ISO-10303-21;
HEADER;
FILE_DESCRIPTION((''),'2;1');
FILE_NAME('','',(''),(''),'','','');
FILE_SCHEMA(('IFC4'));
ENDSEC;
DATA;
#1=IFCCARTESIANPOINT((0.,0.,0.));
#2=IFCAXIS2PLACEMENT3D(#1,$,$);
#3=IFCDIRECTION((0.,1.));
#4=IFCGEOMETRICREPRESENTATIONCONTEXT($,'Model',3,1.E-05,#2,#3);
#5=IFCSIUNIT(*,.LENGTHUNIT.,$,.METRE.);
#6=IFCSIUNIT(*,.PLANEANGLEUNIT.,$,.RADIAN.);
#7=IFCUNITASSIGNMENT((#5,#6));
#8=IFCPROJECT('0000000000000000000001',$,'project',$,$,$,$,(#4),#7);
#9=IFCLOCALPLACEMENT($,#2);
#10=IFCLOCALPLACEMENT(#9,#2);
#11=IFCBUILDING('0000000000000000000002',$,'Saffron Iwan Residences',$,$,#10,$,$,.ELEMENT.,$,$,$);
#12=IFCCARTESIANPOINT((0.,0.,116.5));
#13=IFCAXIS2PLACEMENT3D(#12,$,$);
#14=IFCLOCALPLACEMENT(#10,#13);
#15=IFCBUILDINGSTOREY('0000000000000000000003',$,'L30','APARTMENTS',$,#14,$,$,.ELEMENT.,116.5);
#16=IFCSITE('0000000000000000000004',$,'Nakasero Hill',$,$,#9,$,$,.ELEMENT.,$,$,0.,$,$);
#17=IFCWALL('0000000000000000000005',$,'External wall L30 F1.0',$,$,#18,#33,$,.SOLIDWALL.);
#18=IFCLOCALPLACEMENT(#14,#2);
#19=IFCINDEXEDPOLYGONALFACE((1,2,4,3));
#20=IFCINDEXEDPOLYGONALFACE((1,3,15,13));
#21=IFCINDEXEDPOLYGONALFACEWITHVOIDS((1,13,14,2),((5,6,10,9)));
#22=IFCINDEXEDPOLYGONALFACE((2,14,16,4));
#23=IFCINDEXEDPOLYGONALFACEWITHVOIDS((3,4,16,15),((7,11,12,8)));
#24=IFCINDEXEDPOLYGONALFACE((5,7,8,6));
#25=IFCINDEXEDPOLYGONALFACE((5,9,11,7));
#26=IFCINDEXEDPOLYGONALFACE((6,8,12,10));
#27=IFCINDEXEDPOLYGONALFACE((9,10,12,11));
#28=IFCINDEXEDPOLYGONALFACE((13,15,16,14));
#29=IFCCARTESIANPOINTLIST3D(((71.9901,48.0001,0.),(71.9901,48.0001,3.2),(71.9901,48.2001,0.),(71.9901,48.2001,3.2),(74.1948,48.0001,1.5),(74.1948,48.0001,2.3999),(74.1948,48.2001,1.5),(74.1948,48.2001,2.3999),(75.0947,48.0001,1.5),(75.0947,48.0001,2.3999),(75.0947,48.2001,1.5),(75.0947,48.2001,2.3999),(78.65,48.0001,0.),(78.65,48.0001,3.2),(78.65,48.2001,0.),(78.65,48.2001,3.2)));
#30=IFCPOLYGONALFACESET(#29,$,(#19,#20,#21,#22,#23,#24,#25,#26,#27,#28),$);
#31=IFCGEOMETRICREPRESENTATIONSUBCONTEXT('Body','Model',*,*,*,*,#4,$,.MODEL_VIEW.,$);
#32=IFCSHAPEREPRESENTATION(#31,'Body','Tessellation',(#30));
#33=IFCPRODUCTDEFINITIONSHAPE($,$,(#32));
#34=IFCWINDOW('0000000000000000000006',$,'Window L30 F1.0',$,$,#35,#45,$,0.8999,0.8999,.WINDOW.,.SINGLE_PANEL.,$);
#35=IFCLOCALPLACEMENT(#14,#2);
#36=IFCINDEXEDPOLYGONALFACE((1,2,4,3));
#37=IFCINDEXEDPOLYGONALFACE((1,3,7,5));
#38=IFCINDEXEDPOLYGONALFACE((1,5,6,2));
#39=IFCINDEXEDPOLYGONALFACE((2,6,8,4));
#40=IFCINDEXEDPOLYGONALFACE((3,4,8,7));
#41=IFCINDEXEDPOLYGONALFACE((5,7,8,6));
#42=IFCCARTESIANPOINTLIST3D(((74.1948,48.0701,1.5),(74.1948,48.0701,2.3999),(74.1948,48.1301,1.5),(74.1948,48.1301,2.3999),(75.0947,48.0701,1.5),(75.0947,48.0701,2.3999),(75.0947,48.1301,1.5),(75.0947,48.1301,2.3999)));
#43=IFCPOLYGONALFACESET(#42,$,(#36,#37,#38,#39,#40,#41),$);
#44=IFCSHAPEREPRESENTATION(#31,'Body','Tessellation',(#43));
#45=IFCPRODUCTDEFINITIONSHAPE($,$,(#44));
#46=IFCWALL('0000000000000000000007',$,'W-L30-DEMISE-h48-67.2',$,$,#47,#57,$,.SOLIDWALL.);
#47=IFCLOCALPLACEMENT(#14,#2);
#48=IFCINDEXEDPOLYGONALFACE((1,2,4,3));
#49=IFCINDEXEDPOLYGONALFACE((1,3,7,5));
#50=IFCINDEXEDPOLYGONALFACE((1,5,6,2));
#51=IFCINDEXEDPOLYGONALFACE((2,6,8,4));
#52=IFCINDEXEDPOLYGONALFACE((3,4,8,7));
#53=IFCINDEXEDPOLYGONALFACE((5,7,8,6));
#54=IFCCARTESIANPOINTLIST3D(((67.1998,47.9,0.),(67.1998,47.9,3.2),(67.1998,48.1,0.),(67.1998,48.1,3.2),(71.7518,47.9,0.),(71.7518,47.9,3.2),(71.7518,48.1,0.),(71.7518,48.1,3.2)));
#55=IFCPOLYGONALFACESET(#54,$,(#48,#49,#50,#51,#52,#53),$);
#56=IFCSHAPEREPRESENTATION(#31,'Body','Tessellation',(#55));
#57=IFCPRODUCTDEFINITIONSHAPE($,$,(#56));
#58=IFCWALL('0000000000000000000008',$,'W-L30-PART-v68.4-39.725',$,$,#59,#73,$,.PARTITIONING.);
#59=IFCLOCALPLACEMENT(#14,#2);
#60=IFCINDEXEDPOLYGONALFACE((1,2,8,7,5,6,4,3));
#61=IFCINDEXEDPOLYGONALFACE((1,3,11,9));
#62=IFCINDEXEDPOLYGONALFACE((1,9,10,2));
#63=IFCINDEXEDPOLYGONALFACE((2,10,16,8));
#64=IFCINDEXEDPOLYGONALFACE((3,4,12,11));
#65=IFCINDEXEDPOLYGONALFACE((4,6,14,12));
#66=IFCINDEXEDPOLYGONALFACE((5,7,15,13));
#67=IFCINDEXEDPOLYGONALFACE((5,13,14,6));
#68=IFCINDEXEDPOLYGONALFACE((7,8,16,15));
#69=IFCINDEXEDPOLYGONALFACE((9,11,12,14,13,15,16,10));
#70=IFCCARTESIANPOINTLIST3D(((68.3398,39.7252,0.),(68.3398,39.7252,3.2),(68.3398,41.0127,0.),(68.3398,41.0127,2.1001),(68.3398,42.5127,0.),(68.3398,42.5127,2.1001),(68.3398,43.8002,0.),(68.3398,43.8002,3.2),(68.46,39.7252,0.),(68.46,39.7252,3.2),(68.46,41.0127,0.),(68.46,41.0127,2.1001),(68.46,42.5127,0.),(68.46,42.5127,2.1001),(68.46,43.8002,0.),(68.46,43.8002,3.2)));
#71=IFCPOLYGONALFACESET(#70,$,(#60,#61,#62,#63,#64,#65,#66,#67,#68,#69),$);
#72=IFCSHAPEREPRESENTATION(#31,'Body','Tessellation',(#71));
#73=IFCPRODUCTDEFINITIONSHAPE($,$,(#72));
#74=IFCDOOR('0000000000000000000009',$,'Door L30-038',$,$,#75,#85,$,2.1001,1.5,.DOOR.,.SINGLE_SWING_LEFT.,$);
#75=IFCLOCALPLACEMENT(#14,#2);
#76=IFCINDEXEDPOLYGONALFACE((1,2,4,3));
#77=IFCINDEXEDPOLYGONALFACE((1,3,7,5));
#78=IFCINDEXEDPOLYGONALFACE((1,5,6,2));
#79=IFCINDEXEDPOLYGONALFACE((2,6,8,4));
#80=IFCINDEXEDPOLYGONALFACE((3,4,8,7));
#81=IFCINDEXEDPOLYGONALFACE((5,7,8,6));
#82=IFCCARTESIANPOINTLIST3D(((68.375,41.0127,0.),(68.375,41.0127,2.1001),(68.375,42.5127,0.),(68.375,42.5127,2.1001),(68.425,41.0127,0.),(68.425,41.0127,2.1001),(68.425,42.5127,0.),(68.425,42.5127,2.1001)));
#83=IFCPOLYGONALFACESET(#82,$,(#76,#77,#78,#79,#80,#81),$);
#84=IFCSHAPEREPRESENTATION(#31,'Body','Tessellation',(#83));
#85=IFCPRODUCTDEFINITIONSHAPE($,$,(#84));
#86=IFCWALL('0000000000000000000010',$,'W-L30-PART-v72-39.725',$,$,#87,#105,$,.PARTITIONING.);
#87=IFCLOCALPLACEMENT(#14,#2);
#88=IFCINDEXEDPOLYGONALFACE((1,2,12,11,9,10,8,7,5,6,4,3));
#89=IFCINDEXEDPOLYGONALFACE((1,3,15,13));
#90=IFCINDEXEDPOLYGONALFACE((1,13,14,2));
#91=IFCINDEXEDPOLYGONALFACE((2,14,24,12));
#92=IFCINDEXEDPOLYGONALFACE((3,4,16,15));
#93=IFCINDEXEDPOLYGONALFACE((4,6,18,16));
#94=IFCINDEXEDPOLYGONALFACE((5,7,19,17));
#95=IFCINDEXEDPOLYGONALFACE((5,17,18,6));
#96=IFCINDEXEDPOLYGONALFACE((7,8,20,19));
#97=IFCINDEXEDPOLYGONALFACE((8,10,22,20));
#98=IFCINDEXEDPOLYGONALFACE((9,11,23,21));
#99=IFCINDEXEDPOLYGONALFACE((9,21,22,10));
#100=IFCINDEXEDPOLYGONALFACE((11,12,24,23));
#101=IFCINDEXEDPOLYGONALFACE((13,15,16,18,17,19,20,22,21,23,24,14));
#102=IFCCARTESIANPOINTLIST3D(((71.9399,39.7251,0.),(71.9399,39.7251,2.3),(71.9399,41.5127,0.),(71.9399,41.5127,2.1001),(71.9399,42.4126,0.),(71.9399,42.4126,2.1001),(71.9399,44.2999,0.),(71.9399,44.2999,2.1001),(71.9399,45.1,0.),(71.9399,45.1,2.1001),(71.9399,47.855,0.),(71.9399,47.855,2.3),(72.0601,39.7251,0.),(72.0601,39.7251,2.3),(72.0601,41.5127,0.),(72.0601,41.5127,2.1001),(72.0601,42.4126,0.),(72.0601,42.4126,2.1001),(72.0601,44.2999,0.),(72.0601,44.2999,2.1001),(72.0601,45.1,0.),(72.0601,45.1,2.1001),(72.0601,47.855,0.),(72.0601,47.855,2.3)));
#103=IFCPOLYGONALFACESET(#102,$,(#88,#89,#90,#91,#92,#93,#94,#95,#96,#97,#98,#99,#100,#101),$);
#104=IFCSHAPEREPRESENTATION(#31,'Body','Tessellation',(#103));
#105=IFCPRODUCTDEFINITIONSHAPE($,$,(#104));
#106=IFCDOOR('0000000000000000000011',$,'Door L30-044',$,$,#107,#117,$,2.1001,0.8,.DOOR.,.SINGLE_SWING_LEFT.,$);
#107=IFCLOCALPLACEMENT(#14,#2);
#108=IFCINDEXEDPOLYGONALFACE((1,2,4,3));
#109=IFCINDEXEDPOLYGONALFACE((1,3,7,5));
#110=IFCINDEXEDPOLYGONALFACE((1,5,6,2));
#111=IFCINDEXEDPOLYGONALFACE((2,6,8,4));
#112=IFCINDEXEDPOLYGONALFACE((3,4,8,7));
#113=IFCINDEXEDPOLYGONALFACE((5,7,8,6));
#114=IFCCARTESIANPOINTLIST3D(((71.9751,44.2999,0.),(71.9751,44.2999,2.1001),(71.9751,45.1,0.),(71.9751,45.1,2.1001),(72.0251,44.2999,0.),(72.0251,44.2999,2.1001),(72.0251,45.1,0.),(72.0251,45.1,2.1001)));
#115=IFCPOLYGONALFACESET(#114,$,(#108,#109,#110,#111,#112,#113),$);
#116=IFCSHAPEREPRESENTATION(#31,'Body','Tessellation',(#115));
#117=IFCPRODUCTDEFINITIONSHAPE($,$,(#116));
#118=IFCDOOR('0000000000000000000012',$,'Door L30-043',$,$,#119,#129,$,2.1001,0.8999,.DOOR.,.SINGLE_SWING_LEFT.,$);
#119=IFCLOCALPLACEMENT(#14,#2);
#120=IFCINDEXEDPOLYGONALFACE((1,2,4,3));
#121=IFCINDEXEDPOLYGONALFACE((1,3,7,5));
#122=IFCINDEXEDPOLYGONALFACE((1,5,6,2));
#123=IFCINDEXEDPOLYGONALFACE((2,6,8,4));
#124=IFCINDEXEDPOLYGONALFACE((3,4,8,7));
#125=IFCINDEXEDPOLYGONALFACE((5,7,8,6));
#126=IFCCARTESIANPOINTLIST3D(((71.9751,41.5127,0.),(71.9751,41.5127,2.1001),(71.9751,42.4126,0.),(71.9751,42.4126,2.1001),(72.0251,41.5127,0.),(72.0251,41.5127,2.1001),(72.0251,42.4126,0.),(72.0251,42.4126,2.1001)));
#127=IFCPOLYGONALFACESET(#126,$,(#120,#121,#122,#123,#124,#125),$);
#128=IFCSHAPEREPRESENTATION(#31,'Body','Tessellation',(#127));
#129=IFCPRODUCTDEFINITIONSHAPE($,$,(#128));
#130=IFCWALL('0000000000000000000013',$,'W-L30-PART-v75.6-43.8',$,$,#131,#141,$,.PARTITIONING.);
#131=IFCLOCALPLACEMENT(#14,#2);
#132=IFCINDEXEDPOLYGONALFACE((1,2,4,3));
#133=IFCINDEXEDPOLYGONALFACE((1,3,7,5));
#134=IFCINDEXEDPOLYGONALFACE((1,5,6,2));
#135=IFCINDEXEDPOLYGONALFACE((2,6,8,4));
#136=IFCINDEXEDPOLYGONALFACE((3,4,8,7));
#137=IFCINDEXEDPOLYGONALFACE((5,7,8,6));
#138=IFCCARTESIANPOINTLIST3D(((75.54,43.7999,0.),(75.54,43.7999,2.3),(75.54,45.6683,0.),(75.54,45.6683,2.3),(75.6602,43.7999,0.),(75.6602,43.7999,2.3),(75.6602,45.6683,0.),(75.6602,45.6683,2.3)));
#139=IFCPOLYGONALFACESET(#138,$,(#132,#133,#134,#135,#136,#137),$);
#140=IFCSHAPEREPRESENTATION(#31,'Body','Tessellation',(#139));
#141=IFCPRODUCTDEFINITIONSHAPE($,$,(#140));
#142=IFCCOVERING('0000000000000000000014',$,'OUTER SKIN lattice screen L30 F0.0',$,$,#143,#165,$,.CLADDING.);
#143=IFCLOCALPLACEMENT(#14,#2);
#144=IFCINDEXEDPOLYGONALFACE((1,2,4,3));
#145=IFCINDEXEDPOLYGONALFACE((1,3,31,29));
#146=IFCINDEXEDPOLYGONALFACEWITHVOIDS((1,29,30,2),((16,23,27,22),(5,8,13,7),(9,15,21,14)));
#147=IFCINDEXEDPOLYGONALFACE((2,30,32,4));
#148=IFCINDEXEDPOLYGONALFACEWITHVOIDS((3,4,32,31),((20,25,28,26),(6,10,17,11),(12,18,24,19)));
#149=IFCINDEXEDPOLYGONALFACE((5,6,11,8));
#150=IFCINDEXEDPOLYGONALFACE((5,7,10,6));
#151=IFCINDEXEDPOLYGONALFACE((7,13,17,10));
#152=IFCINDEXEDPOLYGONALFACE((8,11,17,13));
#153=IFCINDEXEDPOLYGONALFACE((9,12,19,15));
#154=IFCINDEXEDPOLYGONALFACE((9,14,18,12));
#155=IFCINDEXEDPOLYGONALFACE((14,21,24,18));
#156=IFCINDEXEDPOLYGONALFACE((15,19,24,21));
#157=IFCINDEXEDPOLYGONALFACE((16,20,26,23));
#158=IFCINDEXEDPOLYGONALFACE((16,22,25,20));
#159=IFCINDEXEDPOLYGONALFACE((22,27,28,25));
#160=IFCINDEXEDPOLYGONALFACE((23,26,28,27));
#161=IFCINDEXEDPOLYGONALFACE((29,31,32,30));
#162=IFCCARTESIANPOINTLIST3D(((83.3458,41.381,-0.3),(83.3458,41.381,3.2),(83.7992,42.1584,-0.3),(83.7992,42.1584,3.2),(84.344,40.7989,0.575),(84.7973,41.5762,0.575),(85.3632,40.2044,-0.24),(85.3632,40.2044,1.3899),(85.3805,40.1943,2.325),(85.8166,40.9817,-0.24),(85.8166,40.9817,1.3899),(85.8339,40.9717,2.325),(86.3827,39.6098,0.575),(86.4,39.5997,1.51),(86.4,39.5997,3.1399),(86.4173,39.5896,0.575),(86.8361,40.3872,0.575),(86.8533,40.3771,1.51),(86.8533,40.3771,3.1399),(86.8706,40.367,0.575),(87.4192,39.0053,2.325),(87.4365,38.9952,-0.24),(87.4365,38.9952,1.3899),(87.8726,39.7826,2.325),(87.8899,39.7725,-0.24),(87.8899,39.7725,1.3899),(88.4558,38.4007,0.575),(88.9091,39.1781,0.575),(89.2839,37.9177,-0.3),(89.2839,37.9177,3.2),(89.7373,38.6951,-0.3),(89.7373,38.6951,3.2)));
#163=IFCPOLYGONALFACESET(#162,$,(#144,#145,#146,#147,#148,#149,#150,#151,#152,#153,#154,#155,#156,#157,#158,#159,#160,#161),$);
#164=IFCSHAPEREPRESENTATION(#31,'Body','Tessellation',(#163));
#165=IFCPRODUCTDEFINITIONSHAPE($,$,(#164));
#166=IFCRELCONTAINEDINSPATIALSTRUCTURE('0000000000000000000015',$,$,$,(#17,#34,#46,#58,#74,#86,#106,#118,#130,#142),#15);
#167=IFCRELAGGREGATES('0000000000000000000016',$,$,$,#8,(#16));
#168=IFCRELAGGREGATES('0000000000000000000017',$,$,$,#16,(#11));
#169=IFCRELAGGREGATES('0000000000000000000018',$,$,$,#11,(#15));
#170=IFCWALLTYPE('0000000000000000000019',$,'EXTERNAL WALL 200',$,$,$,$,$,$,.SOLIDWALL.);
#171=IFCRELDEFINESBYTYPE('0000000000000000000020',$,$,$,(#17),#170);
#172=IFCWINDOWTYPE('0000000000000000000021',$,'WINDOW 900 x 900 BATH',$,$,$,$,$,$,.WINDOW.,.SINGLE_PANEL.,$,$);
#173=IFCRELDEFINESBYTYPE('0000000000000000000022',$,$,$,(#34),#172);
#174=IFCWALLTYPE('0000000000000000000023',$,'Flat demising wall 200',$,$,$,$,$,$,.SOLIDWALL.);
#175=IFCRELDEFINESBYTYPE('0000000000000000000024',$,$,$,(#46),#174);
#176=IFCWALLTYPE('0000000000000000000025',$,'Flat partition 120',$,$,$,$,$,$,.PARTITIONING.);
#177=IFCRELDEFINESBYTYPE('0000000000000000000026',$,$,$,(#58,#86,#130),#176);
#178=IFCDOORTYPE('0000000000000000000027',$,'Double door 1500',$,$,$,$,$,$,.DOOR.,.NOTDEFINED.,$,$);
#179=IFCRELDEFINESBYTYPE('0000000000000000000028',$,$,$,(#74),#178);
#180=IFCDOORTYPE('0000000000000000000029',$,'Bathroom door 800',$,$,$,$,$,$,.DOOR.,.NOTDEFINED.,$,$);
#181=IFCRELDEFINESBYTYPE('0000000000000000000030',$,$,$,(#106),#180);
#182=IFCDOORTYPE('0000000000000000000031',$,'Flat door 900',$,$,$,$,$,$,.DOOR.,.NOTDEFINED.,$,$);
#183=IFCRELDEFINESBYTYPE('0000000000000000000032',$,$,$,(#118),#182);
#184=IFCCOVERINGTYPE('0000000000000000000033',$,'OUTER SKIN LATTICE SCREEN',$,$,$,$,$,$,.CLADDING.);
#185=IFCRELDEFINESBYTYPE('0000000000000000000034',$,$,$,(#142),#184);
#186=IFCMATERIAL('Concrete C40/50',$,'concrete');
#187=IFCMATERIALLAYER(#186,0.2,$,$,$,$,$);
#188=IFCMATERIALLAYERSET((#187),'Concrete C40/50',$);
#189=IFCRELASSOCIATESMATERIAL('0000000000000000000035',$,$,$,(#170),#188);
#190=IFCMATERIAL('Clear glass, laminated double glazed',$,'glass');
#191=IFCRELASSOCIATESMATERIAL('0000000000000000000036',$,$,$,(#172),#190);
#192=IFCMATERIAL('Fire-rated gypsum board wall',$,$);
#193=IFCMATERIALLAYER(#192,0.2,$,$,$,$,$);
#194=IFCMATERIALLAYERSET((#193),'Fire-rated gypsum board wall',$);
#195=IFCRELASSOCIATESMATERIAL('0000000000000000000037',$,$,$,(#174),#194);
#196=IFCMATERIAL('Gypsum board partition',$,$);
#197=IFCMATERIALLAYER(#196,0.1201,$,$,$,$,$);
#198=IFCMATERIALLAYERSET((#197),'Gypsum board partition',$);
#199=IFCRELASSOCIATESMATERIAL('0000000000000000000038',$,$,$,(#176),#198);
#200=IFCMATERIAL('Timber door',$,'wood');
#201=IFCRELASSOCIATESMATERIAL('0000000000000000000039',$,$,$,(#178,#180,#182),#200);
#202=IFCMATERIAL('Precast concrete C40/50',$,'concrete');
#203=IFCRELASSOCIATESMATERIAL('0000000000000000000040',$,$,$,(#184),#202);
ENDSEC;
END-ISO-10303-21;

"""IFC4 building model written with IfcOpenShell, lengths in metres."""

from ifc_helpers import new_model, si_unit, direction, frame, frame_2d, origin, place, context, subcontext, project, spatial, polyline, rectangle, outline, extrude, material, layer, layer_set, type_object, element, fill, save


model = new_model("IFC4")

# Units and contexts
model_context = context("Model", 3, precision=1e-05, world=origin(), true_north=direction((0.0, 1.0)))
body_context = subcontext(model_context, "Body", "Model", "MODEL_VIEW")
ifc_project = project(units=[si_unit("LENGTHUNIT", "METRE"), si_unit("PLANEANGLEUNIT", "RADIAN")], contexts=[model_context])

# Site, building, storey
site_placement = place(None, origin())
site = spatial("IfcSite", under=ifc_project, at=site_placement, Name="Nakasero Hill", CompositionType="ELEMENT", RefElevation=0.0)
building_placement = place(site_placement, origin())
building = spatial("IfcBuilding", under=site, at=building_placement, Name="Saffron Iwan Residences", CompositionType="ELEMENT")
storey_placement = place(building_placement, frame((0.0, 0.0, 116.5)))
storey = spatial("IfcBuildingStorey", under=building, at=storey_placement, Name="L30", Description="APARTMENTS", CompositionType="ELEMENT", Elevation=116.5)

# Wall, opening, window
ifc_material_1 = material(Name="Concrete C40/50", Category="concrete")
ifc_layer_1 = layer(ifc_material_1, 0.2)
ifc_layer_set_1 = layer_set([ifc_layer_1], Name="Concrete C40/50")
wall_type_1 = type_object("IfcWallType", Name="EXTERNAL WALL 200", PredefinedType="SOLIDWALL", material=ifc_layer_set_1)
ifc_material_2 = material(Name="Clear glass, laminated double glazed", Category="glass")
window_type = type_object("IfcWindowType", Name="WINDOW 900 x 900 BATH", PartitioningType="SINGLE_PANEL", PredefinedType="WINDOW", material=ifc_material_2)
wall_1_placement = place(storey_placement, frame((71.99, 48.1001, 0.0), z_axis=(0.0, 0.0, 1.0), x_axis=(1.0, 0.0, 0.0)))
wall_1 = element("IfcWall", 1, at=wall_1_placement, inside=storey, type_object=wall_type_1, Name="External wall L30 F1.0", PredefinedType="SOLIDWALL", context=body_context, shape_type="SweptSolid", body=[
    extrude(rectangle(XDim=6.6599, YDim=0.2, at=frame_2d((3.3301, 0.0))), origin(), (0.0, 0.0, 1.0), 3.2),
])
opening_1_placement = place(wall_1_placement, frame((2.2048, 0.0, 1.5)))
opening_1 = element("IfcOpeningElement", 2, at=opening_1_placement, cuts=wall_1, PredefinedType="OPENING", context=body_context, shape_type="SweptSolid", body=[
    extrude(rectangle(XDim=0.8999, YDim=0.8999, at=frame_2d((0.45, 0.45))), frame((0.0, 0.1099, 0.0), z_axis=(0.0, -1.0, 0.0), x_axis=(1.0, 0.0, 0.0)), (0.0, 0.0, 1.0), 0.22),
])
window_1_placement = place(opening_1_placement, origin())
window_1 = element("IfcWindow", 3, at=window_1_placement, inside=storey, type_object=window_type, Name="Window L30 F1.0", OverallHeight=0.8999, OverallWidth=0.8999, PartitioningType="SINGLE_PANEL", PredefinedType="WINDOW", context=body_context, shape_type="SweptSolid", body=[
    extrude(rectangle(XDim=0.8999, YDim=0.8999, at=frame_2d((0.45, 0.45))), frame((0.0, 0.03, 0.0), z_axis=(0.0, -1.0, 0.0), x_axis=(1.0, 0.0, 0.0)), (0.0, 0.0, 1.0), 0.0601),
])
fill(opening_1, window_1)

# Wall
ifc_material_3 = material(Name="Fire-rated gypsum board wall")
ifc_layer_2 = layer(ifc_material_3, 0.2)
ifc_layer_set_2 = layer_set([ifc_layer_2], Name="Fire-rated gypsum board wall")
wall_type_2 = type_object("IfcWallType", Name="Flat demising wall 200", PredefinedType="SOLIDWALL", material=ifc_layer_set_2)
wall_2_placement = place(storey_placement, frame((67.2, 48.0, 0.0), z_axis=(0.0, 0.0, 1.0), x_axis=(1.0, 0.0, 0.0)))
element("IfcWall", 4, at=wall_2_placement, inside=storey, type_object=wall_type_2, Name="W-L30-DEMISE-h48-67.2", PredefinedType="SOLIDWALL", context=body_context, shape_type="SweptSolid", body=[
    extrude(rectangle(XDim=4.552, YDim=0.2, at=frame_2d((2.2759, 0.0))), origin(), (0.0, 0.0, 1.0), 3.2),
])

# Wall, opening, door
ifc_material_4 = material(Name="Gypsum board partition")
ifc_layer_3 = layer(ifc_material_4, 0.1201)
ifc_layer_set_3 = layer_set([ifc_layer_3], Name="Gypsum board partition")
wall_type_3 = type_object("IfcWallType", Name="Flat partition 120", PredefinedType="PARTITIONING", material=ifc_layer_set_3)
wall_3_placement = place(storey_placement, frame((68.3999, 39.7251, 0.0), z_axis=(0.0, 0.0, 1.0), x_axis=(0.0, 1.0, 0.0)))
wall_3 = element("IfcWall", 5, at=wall_3_placement, inside=storey, type_object=wall_type_3, Name="W-L30-PART-v68.4-39.725", PredefinedType="PARTITIONING", context=body_context, shape_type="SweptSolid", body=[
    extrude(rectangle(XDim=4.075, YDim=0.1201, at=frame_2d((2.0376, 0.0))), origin(), (0.0, 0.0, 1.0), 3.2),
])
opening_2_placement = place(wall_3_placement, frame((1.2876, 0.0, 0.0)))
opening_2 = element("IfcOpeningElement", 6, at=opening_2_placement, cuts=wall_3, PredefinedType="OPENING", context=body_context, shape_type="SweptSolid", body=[
    extrude(rectangle(XDim=1.5, YDim=2.1001, at=frame_2d((0.75, 1.05))), frame((0.0, 0.0701, 0.0), z_axis=(0.0, -1.0, 0.0), x_axis=(1.0, 0.0, 0.0)), (0.0, 0.0, 1.0), 0.1401),
])
ifc_material_5 = material(Name="Timber door", Category="wood")
door_type_1 = type_object("IfcDoorType", Name="Double door 1500", OperationType="NOTDEFINED", PredefinedType="DOOR", material=ifc_material_5)
door_1_placement = place(opening_2_placement, origin())
door_1 = element("IfcDoor", 7, at=door_1_placement, inside=storey, type_object=door_type_1, Name="Door L30-038", OperationType="SINGLE_SWING_LEFT", OverallHeight=2.1001, OverallWidth=1.5, PredefinedType="DOOR", context=body_context, shape_type="SweptSolid", body=[
    extrude(rectangle(XDim=1.5, YDim=2.1001, at=frame_2d((0.75, 1.05))), frame((0.0, 0.0249, 0.0), z_axis=(0.0, -1.0, 0.0), x_axis=(1.0, 0.0, 0.0)), (0.0, 0.0, 1.0), 0.05),
])
fill(opening_2, door_1)

# Wall, openings, doors
wall_4_placement = place(storey_placement, frame((72.0, 39.7251, 0.0), z_axis=(0.0, 0.0, 1.0), x_axis=(0.0, 1.0, 0.0)))
wall_4 = element("IfcWall", 8, at=wall_4_placement, inside=storey, type_object=wall_type_3, Name="W-L30-PART-v72-39.725", PredefinedType="PARTITIONING", context=body_context, shape_type="SweptSolid", body=[
    extrude(rectangle(XDim=8.1299, YDim=0.1201, at=frame_2d((4.0649, 0.0))), origin(), (0.0, 0.0, 1.0), 2.3),
])
opening_3_placement = place(wall_4_placement, frame((1.7876, 0.0, 0.0)))
opening_3 = element("IfcOpeningElement", 9, at=opening_3_placement, cuts=wall_4, PredefinedType="OPENING", context=body_context, shape_type="SweptSolid", body=[
    extrude(rectangle(XDim=0.8999, YDim=2.1001, at=frame_2d((0.45, 1.05))), frame((0.0, 0.0701, 0.0), z_axis=(0.0, -1.0, 0.0), x_axis=(1.0, 0.0, 0.0)), (0.0, 0.0, 1.0), 0.1401),
])
opening_4_placement = place(wall_4_placement, frame((4.575, 0.0, 0.0)))
opening_4 = element("IfcOpeningElement", 10, at=opening_4_placement, cuts=wall_4, PredefinedType="OPENING", context=body_context, shape_type="SweptSolid", body=[
    extrude(rectangle(XDim=0.8, YDim=2.1001, at=frame_2d((0.3999, 1.05))), frame((0.0, 0.0701, 0.0), z_axis=(0.0, -1.0, 0.0), x_axis=(1.0, 0.0, 0.0)), (0.0, 0.0, 1.0), 0.1401),
])
door_type_2 = type_object("IfcDoorType", Name="Bathroom door 800", OperationType="NOTDEFINED", PredefinedType="DOOR", material=ifc_material_5)
door_2_placement = place(opening_4_placement, origin())
door_2 = element("IfcDoor", 11, at=door_2_placement, inside=storey, type_object=door_type_2, Name="Door L30-044", OperationType="SINGLE_SWING_LEFT", OverallHeight=2.1001, OverallWidth=0.8, PredefinedType="DOOR", context=body_context, shape_type="SweptSolid", body=[
    extrude(rectangle(XDim=0.8, YDim=2.1001, at=frame_2d((0.3999, 1.05))), frame((0.0, 0.0249, 0.0), z_axis=(0.0, -1.0, 0.0), x_axis=(1.0, 0.0, 0.0)), (0.0, 0.0, 1.0), 0.05),
])
fill(opening_4, door_2)
door_type_3 = type_object("IfcDoorType", Name="Flat door 900", OperationType="NOTDEFINED", PredefinedType="DOOR", material=ifc_material_5)
door_3_placement = place(opening_3_placement, origin())
door_3 = element("IfcDoor", 12, at=door_3_placement, inside=storey, type_object=door_type_3, Name="Door L30-043", OperationType="SINGLE_SWING_LEFT", OverallHeight=2.1001, OverallWidth=0.8999, PredefinedType="DOOR", context=body_context, shape_type="SweptSolid", body=[
    extrude(rectangle(XDim=0.8999, YDim=2.1001, at=frame_2d((0.45, 1.05))), frame((0.0, 0.0249, 0.0), z_axis=(0.0, -1.0, 0.0), x_axis=(1.0, 0.0, 0.0)), (0.0, 0.0, 1.0), 0.05),
])
fill(opening_3, door_3)

# Wall
wall_5_placement = place(storey_placement, frame((75.6001, 43.8, 0.0), z_axis=(0.0, 0.0, 1.0), x_axis=(0.0, 1.0, 0.0)))
element("IfcWall", 13, at=wall_5_placement, inside=storey, type_object=wall_type_3, Name="W-L30-PART-v75.6-43.8", PredefinedType="PARTITIONING", context=body_context, shape_type="SweptSolid", body=[
    extrude(rectangle(XDim=1.8684, YDim=0.1201, at=frame_2d((0.9341, 0.0))), origin(), (0.0, 0.0, 1.0), 2.3),
])

# Covering
ifc_material_6 = material(Name="Precast concrete C40/50", Category="concrete")
covering_type = type_object("IfcCoveringType", Name="OUTER SKIN LATTICE SCREEN", PredefinedType="CLADDING", material=ifc_material_6)
covering_1_placement = place(storey_placement, frame((89.2839, 37.9177, -0.3), z_axis=(0.503804, 0.863818, 0.0), x_axis=(-0.863818, 0.503804, 0.0)))
element("IfcCovering", 14, at=covering_1_placement, inside=storey, type_object=covering_type, Name="OUTER SKIN lattice screen L30 F0.0", PredefinedType="CLADDING", context=body_context, shape_type="SweptSolid", body=[
    extrude(outline(polyline([(0.0, 0.0), (6.8743, 0.0), (6.8743, 3.5), (0.0, 3.5), (0.0, 0.0)]), holes=[polyline([(0.9587, 0.875), (2.1387, 0.0601), (3.3186, 0.875), (2.1387, 1.6899), (0.9587, 0.875)]), polyline([(3.3586, 0.875), (4.5388, 0.0601), (5.7188, 0.875), (4.5388, 1.6899), (3.3586, 0.875)]), polyline([(2.1587, 2.625), (3.3386, 1.8101), (4.5188, 2.625), (3.3386, 3.4399), (2.1587, 2.625)])]), origin(), (0.0, 0.0, 1.0), 0.8999),
])

save(model, "model.ifc")
